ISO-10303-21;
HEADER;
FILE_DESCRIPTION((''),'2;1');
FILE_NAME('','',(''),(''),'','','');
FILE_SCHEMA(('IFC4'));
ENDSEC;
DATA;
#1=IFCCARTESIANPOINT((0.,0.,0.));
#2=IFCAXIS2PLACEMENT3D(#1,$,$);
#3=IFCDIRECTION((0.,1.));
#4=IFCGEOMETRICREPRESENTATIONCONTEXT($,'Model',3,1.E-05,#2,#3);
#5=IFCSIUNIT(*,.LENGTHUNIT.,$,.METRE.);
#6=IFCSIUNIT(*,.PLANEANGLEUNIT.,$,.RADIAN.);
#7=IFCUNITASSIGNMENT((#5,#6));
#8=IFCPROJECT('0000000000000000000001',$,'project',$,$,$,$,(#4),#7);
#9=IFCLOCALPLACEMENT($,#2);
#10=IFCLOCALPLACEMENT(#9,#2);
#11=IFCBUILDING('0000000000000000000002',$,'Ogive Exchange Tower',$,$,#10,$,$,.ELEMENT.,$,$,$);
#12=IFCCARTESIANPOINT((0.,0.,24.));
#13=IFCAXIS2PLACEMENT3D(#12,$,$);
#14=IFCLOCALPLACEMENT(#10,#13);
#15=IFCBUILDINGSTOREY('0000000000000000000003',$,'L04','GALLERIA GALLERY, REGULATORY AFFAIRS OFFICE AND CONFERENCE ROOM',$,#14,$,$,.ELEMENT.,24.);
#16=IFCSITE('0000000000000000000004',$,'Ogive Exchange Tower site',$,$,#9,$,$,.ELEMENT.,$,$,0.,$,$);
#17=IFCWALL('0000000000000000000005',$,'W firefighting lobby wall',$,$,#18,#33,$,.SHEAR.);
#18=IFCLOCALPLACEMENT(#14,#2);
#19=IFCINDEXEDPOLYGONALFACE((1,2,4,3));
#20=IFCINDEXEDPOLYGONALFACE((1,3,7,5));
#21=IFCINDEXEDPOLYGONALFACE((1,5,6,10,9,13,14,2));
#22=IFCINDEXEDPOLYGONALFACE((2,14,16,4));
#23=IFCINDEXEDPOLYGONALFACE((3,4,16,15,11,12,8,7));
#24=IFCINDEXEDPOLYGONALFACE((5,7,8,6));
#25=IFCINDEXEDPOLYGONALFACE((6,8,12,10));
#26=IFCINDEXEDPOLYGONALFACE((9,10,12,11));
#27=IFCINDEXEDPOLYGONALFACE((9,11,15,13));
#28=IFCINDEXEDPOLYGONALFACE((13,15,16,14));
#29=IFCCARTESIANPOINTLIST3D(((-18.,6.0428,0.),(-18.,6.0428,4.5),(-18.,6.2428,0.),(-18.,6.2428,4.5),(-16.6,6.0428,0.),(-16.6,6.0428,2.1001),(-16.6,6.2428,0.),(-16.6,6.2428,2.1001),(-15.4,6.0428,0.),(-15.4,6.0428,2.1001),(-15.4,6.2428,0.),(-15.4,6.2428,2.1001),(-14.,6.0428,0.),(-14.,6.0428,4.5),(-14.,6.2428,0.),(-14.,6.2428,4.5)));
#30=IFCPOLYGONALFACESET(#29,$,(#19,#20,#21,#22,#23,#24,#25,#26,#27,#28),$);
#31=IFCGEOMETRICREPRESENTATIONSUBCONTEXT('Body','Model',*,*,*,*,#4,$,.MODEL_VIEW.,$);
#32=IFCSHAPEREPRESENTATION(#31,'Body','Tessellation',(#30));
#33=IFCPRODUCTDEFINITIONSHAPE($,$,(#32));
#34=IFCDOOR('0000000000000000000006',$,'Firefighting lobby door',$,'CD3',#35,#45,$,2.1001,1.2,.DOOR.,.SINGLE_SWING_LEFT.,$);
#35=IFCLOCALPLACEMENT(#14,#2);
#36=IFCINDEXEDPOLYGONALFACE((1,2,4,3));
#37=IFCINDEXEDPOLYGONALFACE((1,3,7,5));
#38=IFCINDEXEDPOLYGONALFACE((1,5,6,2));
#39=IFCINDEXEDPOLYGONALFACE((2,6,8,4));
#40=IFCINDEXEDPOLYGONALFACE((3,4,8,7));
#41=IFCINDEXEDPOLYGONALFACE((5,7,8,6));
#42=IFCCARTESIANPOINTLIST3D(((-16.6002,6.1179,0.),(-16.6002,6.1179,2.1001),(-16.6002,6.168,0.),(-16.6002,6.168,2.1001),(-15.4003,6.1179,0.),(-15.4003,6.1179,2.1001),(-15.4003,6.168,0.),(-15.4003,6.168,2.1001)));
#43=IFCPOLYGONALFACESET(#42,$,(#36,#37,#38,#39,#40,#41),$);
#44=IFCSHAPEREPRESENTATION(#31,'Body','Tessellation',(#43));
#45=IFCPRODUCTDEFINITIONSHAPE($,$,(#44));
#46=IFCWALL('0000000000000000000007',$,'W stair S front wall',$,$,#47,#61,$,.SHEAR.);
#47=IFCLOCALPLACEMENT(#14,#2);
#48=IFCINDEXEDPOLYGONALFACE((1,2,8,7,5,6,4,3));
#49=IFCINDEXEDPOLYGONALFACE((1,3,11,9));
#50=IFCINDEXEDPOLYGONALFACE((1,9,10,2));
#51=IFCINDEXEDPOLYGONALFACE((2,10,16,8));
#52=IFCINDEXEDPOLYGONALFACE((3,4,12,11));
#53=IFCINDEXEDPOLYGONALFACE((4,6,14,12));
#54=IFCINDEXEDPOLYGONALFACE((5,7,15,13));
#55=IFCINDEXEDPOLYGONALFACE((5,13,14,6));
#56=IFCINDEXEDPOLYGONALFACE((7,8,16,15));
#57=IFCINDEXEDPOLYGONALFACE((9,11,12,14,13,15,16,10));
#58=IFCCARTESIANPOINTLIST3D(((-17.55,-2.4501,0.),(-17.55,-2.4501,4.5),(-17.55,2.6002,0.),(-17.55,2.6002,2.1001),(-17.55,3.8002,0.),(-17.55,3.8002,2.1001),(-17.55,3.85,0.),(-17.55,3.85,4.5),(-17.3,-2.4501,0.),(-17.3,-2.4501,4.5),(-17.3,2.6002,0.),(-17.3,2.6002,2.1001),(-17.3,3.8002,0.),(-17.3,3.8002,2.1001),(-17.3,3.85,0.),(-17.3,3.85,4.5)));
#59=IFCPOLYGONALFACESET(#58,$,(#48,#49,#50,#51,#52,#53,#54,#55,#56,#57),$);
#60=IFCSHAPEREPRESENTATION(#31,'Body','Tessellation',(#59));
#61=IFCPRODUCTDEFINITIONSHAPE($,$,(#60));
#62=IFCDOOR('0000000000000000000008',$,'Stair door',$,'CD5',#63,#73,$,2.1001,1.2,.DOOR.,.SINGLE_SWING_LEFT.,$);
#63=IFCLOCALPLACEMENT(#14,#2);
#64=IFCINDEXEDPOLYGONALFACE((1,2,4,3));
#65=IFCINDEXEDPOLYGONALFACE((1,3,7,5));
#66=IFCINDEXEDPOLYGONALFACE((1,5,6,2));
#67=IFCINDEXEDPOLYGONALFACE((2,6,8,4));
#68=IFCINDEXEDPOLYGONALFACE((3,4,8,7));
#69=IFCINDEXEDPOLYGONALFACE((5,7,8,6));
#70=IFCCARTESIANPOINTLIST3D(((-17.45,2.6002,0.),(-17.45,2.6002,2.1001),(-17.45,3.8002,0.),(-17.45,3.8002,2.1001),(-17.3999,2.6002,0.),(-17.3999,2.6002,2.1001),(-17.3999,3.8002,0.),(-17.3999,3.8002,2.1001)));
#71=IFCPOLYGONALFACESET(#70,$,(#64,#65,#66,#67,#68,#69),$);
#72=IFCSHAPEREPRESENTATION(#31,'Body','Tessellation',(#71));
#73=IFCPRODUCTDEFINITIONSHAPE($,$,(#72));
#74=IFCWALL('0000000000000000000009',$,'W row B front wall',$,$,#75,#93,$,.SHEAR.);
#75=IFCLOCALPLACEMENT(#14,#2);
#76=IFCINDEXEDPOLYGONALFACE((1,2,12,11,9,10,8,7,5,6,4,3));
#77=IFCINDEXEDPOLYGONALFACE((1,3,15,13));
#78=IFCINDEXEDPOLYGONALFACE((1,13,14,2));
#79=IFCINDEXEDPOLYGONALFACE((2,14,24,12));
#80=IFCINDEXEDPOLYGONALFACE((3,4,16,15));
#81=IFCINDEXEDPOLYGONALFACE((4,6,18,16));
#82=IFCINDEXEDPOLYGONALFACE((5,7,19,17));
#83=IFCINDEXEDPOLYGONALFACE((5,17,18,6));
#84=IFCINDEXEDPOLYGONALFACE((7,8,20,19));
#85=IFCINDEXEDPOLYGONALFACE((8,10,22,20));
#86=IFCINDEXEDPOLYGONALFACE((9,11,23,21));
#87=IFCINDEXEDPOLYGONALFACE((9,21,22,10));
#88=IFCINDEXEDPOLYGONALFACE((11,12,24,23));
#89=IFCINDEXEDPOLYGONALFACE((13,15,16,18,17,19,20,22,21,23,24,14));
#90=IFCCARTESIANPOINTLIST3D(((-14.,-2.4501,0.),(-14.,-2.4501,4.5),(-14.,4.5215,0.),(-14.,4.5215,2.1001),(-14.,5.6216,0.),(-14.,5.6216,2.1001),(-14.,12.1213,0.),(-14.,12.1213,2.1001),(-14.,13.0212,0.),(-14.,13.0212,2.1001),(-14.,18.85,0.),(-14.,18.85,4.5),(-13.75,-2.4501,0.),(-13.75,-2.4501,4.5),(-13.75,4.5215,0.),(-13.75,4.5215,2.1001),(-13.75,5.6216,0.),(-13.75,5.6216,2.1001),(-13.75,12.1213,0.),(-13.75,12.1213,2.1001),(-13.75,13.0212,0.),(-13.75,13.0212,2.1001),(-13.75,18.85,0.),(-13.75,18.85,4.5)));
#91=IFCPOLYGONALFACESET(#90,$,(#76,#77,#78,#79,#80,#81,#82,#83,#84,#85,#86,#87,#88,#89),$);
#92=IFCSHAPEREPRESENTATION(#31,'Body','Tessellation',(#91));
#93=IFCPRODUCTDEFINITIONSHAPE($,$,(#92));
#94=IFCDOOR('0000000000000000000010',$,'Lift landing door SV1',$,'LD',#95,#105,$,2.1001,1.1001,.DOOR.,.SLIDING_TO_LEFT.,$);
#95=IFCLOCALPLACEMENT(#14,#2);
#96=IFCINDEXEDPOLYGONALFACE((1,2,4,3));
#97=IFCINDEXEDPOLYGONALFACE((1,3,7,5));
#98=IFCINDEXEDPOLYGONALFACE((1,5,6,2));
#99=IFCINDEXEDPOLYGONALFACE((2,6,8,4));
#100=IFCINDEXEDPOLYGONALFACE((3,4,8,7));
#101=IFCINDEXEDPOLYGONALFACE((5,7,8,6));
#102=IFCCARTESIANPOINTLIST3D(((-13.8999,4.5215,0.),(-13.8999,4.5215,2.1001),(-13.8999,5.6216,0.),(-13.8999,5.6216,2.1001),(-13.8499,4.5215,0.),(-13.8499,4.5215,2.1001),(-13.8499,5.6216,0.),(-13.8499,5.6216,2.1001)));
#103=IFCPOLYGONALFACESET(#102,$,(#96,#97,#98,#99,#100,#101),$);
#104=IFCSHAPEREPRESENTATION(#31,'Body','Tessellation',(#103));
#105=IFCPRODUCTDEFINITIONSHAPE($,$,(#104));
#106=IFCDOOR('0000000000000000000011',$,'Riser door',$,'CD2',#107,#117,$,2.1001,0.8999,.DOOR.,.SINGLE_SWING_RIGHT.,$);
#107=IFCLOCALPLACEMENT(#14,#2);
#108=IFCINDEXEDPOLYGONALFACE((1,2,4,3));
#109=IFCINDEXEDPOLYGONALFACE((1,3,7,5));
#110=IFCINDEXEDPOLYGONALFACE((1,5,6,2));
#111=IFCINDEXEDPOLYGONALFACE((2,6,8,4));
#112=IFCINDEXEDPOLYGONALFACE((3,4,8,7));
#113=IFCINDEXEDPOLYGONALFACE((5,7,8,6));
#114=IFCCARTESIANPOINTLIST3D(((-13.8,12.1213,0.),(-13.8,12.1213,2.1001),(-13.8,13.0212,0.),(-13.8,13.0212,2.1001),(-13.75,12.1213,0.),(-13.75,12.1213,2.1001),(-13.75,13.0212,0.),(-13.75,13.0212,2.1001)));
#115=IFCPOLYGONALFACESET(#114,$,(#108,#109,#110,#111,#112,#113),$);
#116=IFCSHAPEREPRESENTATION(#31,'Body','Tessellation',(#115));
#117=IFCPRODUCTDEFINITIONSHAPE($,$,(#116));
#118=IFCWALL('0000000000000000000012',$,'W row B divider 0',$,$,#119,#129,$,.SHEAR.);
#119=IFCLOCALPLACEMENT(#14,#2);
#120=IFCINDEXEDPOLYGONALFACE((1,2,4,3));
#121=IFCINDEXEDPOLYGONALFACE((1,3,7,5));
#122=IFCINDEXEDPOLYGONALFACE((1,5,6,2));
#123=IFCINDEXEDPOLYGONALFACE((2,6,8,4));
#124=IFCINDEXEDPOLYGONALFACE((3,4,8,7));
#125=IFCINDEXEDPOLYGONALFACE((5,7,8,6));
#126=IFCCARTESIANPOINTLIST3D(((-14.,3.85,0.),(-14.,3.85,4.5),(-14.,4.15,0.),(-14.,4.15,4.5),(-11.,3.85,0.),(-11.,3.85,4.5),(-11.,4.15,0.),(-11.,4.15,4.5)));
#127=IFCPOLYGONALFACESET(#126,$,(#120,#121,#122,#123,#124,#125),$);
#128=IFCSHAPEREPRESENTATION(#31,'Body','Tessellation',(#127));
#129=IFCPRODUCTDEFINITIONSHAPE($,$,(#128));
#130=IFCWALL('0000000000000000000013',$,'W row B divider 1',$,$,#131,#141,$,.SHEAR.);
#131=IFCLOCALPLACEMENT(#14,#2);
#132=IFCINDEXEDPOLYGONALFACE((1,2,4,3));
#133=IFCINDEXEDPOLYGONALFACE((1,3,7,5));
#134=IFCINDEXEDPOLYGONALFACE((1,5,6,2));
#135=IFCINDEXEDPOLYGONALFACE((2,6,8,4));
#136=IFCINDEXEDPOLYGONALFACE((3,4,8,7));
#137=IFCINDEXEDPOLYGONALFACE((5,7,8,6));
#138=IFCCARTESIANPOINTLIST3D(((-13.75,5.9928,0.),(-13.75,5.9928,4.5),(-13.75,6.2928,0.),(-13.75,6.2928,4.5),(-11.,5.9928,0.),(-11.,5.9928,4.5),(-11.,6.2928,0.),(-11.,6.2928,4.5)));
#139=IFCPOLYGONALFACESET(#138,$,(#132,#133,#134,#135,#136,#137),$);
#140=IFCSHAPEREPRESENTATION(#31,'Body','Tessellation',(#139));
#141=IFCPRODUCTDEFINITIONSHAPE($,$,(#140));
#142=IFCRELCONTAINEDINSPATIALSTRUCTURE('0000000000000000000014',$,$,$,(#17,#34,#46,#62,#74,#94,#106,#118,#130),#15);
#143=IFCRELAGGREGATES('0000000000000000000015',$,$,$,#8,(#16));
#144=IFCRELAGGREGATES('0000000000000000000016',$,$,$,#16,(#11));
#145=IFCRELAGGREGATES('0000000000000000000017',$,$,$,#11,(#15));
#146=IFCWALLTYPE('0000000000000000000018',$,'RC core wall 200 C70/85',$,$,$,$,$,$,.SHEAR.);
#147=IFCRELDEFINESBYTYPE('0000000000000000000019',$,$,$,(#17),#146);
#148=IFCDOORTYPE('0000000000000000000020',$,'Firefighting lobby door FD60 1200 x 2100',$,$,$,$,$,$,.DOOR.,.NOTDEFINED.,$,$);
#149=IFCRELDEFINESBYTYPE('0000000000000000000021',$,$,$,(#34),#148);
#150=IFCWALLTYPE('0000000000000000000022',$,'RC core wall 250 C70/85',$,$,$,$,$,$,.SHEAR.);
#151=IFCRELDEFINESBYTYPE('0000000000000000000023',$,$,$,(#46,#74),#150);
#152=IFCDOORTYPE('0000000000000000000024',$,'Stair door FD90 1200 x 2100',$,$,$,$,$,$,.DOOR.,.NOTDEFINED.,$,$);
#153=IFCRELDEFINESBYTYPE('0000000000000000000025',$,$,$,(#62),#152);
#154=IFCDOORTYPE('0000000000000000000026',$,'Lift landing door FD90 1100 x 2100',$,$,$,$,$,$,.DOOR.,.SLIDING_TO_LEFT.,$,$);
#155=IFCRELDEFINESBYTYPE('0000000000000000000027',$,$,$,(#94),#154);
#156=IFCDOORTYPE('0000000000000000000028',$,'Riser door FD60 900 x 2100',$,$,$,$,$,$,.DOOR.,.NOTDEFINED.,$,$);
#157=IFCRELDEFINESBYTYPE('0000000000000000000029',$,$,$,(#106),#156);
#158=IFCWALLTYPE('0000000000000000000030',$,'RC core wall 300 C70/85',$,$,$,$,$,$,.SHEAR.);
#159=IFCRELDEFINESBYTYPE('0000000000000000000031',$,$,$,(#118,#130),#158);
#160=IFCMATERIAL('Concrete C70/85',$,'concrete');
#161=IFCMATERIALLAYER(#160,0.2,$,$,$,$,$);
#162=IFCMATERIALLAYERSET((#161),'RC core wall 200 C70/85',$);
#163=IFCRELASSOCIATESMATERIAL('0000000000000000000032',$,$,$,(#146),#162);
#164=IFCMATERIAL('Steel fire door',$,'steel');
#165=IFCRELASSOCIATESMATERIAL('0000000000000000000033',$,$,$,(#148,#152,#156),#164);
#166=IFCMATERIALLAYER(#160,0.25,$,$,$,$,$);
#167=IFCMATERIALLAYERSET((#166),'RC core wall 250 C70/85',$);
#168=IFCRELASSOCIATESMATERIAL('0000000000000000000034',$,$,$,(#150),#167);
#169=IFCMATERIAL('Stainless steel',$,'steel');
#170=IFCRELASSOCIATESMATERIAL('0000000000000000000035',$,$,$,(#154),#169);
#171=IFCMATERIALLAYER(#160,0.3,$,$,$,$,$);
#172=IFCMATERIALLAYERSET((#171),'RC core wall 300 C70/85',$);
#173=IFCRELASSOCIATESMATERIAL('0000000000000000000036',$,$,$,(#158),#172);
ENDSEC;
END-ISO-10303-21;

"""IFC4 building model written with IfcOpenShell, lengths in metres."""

from ifc_helpers import new_model, si_unit, direction, frame, frame_2d, origin, place, context, subcontext, project, spatial, rectangle, extrude, material, layer, layer_set, type_object, element, fill, save


model = new_model("IFC4")

# Units and contexts
model_context = context("Model", 3, precision=1e-05, world=origin(), true_north=direction((0.0, 1.0)))
body_context = subcontext(model_context, "Body", "Model", "MODEL_VIEW")
ifc_project = project(units=[si_unit("LENGTHUNIT", "METRE"), si_unit("PLANEANGLEUNIT", "RADIAN")], contexts=[model_context])

# Site, building, storey
site_placement = place(None, origin())
site = spatial("IfcSite", under=ifc_project, at=site_placement, Name="Ogive Exchange Tower site", CompositionType="ELEMENT", RefElevation=0.0)
building_placement = place(site_placement, origin())
building = spatial("IfcBuilding", under=site, at=building_placement, Name="Ogive Exchange Tower", CompositionType="ELEMENT")
storey_placement = place(building_placement, frame((0.0, 0.0, 24.0)))
storey = spatial("IfcBuildingStorey", under=building, at=storey_placement, Name="L04", Description="GALLERIA GALLERY, REGULATORY AFFAIRS OFFICE AND CONFERENCE ROOM", CompositionType="ELEMENT", Elevation=24.0)

# Shared definitions
ifc_material_1 = material(Name="Concrete C70/85", Category="concrete")

# Walls, openings, doors
ifc_layer_1 = layer(ifc_material_1, 0.2)
ifc_layer_set_1 = layer_set([ifc_layer_1], Name="RC core wall 200 C70/85")
wall_type_1 = type_object("IfcWallType", Name="RC core wall 200 C70/85", PredefinedType="SHEAR", material=ifc_layer_set_1)
wall_1_placement = place(storey_placement, frame((-18.0, 6.1428, 0.0), z_axis=(0.0, 0.0, 1.0), x_axis=(1.0, 0.0, 0.0)))
wall_1 = element("IfcWall", 1, at=wall_1_placement, inside=storey, type_object=wall_type_1, Name="W firefighting lobby wall", PredefinedType="SHEAR", context=body_context, shape_type="SweptSolid", body=[
    extrude(rectangle(XDim=4.0, YDim=0.2, at=frame_2d((2.0, 0.0))), origin(), (0.0, 0.0, 1.0), 4.5),
])
opening_1_placement = place(wall_1_placement, frame((1.3999, 0.0, 0.0)))
opening_1 = element("IfcOpeningElement", 2, at=opening_1_placement, cuts=wall_1, PredefinedType="OPENING", context=body_context, shape_type="SweptSolid", body=[
    extrude(rectangle(XDim=1.2, YDim=2.1001, at=frame_2d((0.6001, 1.05))), frame((0.0, 0.1099, 0.0), z_axis=(0.0, -1.0, 0.0), x_axis=(1.0, 0.0, 0.0)), (0.0, 0.0, 1.0), 0.22),
])
ifc_material_2 = material(Name="Steel fire door", Category="steel")
door_type_1 = type_object("IfcDoorType", Name="Firefighting lobby door FD60 1200 x 2100", OperationType="NOTDEFINED", PredefinedType="DOOR", material=ifc_material_2)
door_1_placement = place(opening_1_placement, frame((1.2, 0.0, 0.0), z_axis=(0.0, 0.0, 1.0), x_axis=(-1.0, 0.0, 0.0)))
door_1 = element("IfcDoor", 3, at=door_1_placement, inside=storey, type_object=door_type_1, Name="Firefighting lobby door", ObjectType="CD3", OperationType="SINGLE_SWING_LEFT", OverallHeight=2.1001, OverallWidth=1.2, PredefinedType="DOOR", context=body_context, shape_type="SweptSolid", body=[
    extrude(rectangle(XDim=1.2, YDim=2.1001, at=frame_2d((0.6001, 1.05))), frame((0.0, 0.0249, 0.0), z_axis=(0.0, -1.0, 0.0), x_axis=(1.0, 0.0, 0.0)), (0.0, 0.0, 1.0), 0.05),
])
fill(opening_1, door_1)
ifc_layer_2 = layer(ifc_material_1, 0.25)
ifc_layer_set_2 = layer_set([ifc_layer_2], Name="RC core wall 250 C70/85")
wall_type_2 = type_object("IfcWallType", Name="RC core wall 250 C70/85", PredefinedType="SHEAR", material=ifc_layer_set_2)
wall_2_placement = place(storey_placement, frame((-17.425, -2.45, 0.0), z_axis=(0.0, 0.0, 1.0), x_axis=(0.0, 1.0, 0.0)))
wall_2 = element("IfcWall", 4, at=wall_2_placement, inside=storey, type_object=wall_type_2, Name="W stair S front wall", PredefinedType="SHEAR", context=body_context, shape_type="SweptSolid", body=[
    extrude(rectangle(XDim=6.3, YDim=0.25, at=frame_2d((3.1499, 0.0))), origin(), (0.0, 0.0, 1.0), 4.5),
])
opening_2_placement = place(wall_2_placement, frame((5.05, 0.0, 0.0)))
opening_2 = element("IfcOpeningElement", 5, at=opening_2_placement, cuts=wall_2, PredefinedType="OPENING", context=body_context, shape_type="SweptSolid", body=[
    extrude(rectangle(XDim=1.2, YDim=2.1001, at=frame_2d((0.6001, 1.05))), frame((0.0, 0.135, 0.0), z_axis=(0.0, -1.0, 0.0), x_axis=(1.0, 0.0, 0.0)), (0.0, 0.0, 1.0), 0.27),
])
door_type_2 = type_object("IfcDoorType", Name="Stair door FD90 1200 x 2100", OperationType="NOTDEFINED", PredefinedType="DOOR", material=ifc_material_2)
door_2_placement = place(opening_2_placement, origin())
door_2 = element("IfcDoor", 6, at=door_2_placement, inside=storey, type_object=door_type_2, Name="Stair door", ObjectType="CD5", OperationType="SINGLE_SWING_LEFT", OverallHeight=2.1001, OverallWidth=1.2, PredefinedType="DOOR", context=body_context, shape_type="SweptSolid", body=[
    extrude(rectangle(XDim=1.2, YDim=2.1001, at=frame_2d((0.6001, 1.05))), frame((0.0, 0.0249, 0.0), z_axis=(0.0, -1.0, 0.0), x_axis=(1.0, 0.0, 0.0)), (0.0, 0.0, 1.0), 0.05),
])
fill(opening_2, door_2)

# Wall, openings, doors
wall_3_placement = place(storey_placement, frame((-13.875, -2.45, 0.0), z_axis=(0.0, 0.0, 1.0), x_axis=(0.0, 1.0, 0.0)))
wall_3 = element("IfcWall", 7, at=wall_3_placement, inside=storey, type_object=wall_type_2, Name="W row B front wall", PredefinedType="SHEAR", context=body_context, shape_type="SweptSolid", body=[
    extrude(rectangle(XDim=21.3, YDim=0.25, at=frame_2d((10.6499, 0.0))), origin(), (0.0, 0.0, 1.0), 4.5),
])
opening_3_placement = place(wall_3_placement, frame((14.5713, 0.0, 0.0)))
opening_3 = element("IfcOpeningElement", 8, at=opening_3_placement, cuts=wall_3, PredefinedType="OPENING", context=body_context, shape_type="SweptSolid", body=[
    extrude(rectangle(XDim=0.8999, YDim=2.1001, at=frame_2d((0.45, 1.05))), frame((0.0, 0.135, 0.0), z_axis=(0.0, -1.0, 0.0), x_axis=(1.0, 0.0, 0.0)), (0.0, 0.0, 1.0), 0.27),
])
opening_4_placement = place(wall_3_placement, frame((6.9714, 0.0, 0.0)))
opening_4 = element("IfcOpeningElement", 9, at=opening_4_placement, cuts=wall_3, PredefinedType="OPENING", context=body_context, shape_type="SweptSolid", body=[
    extrude(rectangle(XDim=1.1001, YDim=2.1001, at=frame_2d((0.55, 1.05))), frame((0.0, 0.135, 0.0), z_axis=(0.0, -1.0, 0.0), x_axis=(1.0, 0.0, 0.0)), (0.0, 0.0, 1.0), 0.27),
])
ifc_material_3 = material(Name="Stainless steel", Category="steel")
door_type_3 = type_object("IfcDoorType", Name="Lift landing door FD90 1100 x 2100", OperationType="SLIDING_TO_LEFT", PredefinedType="DOOR", material=ifc_material_3)
door_3_placement = place(opening_4_placement, origin())
door_3 = element("IfcDoor", 10, at=door_3_placement, inside=storey, type_object=door_type_3, Name="Lift landing door SV1", ObjectType="LD", OperationType="SLIDING_TO_LEFT", OverallHeight=2.1001, OverallWidth=1.1001, PredefinedType="DOOR", context=body_context, shape_type="SweptSolid", body=[
    extrude(rectangle(XDim=1.1001, YDim=2.1001, at=frame_2d((0.55, 1.05))), frame((0.0, 0.0249, 0.0), z_axis=(0.0, -1.0, 0.0), x_axis=(1.0, 0.0, 0.0)), (0.0, 0.0, 1.0), 0.05),
])
fill(opening_4, door_3)
door_type_4 = type_object("IfcDoorType", Name="Riser door FD60 900 x 2100", OperationType="NOTDEFINED", PredefinedType="DOOR", material=ifc_material_2)
door_4_placement = place(opening_3_placement, frame((0.8999, -0.2002, 0.0), z_axis=(0.0, 0.0, 1.0), x_axis=(-1.0, 0.0, 0.0)))
door_4 = element("IfcDoor", 11, at=door_4_placement, inside=storey, type_object=door_type_4, Name="Riser door", ObjectType="CD2", OperationType="SINGLE_SWING_RIGHT", OverallHeight=2.1001, OverallWidth=0.8999, PredefinedType="DOOR", context=body_context, shape_type="SweptSolid", body=[
    extrude(rectangle(XDim=0.8999, YDim=2.1001, at=frame_2d((0.45, 1.05))), frame((0.0, -0.0752, 0.0), z_axis=(0.0, -1.0, 0.0), x_axis=(1.0, 0.0, 0.0)), (0.0, 0.0, 1.0), 0.05),
])
fill(opening_3, door_4)

# Walls
ifc_layer_3 = layer(ifc_material_1, 0.3)
ifc_layer_set_3 = layer_set([ifc_layer_3], Name="RC core wall 300 C70/85")
wall_type_3 = type_object("IfcWallType", Name="RC core wall 300 C70/85", PredefinedType="SHEAR", material=ifc_layer_set_3)
wall_4_placement = place(storey_placement, frame((-14.0, 4.0, 0.0), z_axis=(0.0, 0.0, 1.0), x_axis=(1.0, 0.0, 0.0)))
element("IfcWall", 12, at=wall_4_placement, inside=storey, type_object=wall_type_3, Name="W row B divider 0", PredefinedType="SHEAR", context=body_context, shape_type="SweptSolid", body=[
    extrude(rectangle(XDim=3.0, YDim=0.3, at=frame_2d((1.5, 0.0))), origin(), (0.0, 0.0, 1.0), 4.5),
])
wall_5_placement = place(storey_placement, frame((-13.75, 6.1428, 0.0), z_axis=(0.0, 0.0, 1.0), x_axis=(1.0, 0.0, 0.0)))
element("IfcWall", 13, at=wall_5_placement, inside=storey, type_object=wall_type_3, Name="W row B divider 1", PredefinedType="SHEAR", context=body_context, shape_type="SweptSolid", body=[
    extrude(rectangle(XDim=2.75, YDim=0.3, at=frame_2d((1.375, 0.0))), origin(), (0.0, 0.0, 1.0), 4.5),
])

save(model, "model.ifc")
